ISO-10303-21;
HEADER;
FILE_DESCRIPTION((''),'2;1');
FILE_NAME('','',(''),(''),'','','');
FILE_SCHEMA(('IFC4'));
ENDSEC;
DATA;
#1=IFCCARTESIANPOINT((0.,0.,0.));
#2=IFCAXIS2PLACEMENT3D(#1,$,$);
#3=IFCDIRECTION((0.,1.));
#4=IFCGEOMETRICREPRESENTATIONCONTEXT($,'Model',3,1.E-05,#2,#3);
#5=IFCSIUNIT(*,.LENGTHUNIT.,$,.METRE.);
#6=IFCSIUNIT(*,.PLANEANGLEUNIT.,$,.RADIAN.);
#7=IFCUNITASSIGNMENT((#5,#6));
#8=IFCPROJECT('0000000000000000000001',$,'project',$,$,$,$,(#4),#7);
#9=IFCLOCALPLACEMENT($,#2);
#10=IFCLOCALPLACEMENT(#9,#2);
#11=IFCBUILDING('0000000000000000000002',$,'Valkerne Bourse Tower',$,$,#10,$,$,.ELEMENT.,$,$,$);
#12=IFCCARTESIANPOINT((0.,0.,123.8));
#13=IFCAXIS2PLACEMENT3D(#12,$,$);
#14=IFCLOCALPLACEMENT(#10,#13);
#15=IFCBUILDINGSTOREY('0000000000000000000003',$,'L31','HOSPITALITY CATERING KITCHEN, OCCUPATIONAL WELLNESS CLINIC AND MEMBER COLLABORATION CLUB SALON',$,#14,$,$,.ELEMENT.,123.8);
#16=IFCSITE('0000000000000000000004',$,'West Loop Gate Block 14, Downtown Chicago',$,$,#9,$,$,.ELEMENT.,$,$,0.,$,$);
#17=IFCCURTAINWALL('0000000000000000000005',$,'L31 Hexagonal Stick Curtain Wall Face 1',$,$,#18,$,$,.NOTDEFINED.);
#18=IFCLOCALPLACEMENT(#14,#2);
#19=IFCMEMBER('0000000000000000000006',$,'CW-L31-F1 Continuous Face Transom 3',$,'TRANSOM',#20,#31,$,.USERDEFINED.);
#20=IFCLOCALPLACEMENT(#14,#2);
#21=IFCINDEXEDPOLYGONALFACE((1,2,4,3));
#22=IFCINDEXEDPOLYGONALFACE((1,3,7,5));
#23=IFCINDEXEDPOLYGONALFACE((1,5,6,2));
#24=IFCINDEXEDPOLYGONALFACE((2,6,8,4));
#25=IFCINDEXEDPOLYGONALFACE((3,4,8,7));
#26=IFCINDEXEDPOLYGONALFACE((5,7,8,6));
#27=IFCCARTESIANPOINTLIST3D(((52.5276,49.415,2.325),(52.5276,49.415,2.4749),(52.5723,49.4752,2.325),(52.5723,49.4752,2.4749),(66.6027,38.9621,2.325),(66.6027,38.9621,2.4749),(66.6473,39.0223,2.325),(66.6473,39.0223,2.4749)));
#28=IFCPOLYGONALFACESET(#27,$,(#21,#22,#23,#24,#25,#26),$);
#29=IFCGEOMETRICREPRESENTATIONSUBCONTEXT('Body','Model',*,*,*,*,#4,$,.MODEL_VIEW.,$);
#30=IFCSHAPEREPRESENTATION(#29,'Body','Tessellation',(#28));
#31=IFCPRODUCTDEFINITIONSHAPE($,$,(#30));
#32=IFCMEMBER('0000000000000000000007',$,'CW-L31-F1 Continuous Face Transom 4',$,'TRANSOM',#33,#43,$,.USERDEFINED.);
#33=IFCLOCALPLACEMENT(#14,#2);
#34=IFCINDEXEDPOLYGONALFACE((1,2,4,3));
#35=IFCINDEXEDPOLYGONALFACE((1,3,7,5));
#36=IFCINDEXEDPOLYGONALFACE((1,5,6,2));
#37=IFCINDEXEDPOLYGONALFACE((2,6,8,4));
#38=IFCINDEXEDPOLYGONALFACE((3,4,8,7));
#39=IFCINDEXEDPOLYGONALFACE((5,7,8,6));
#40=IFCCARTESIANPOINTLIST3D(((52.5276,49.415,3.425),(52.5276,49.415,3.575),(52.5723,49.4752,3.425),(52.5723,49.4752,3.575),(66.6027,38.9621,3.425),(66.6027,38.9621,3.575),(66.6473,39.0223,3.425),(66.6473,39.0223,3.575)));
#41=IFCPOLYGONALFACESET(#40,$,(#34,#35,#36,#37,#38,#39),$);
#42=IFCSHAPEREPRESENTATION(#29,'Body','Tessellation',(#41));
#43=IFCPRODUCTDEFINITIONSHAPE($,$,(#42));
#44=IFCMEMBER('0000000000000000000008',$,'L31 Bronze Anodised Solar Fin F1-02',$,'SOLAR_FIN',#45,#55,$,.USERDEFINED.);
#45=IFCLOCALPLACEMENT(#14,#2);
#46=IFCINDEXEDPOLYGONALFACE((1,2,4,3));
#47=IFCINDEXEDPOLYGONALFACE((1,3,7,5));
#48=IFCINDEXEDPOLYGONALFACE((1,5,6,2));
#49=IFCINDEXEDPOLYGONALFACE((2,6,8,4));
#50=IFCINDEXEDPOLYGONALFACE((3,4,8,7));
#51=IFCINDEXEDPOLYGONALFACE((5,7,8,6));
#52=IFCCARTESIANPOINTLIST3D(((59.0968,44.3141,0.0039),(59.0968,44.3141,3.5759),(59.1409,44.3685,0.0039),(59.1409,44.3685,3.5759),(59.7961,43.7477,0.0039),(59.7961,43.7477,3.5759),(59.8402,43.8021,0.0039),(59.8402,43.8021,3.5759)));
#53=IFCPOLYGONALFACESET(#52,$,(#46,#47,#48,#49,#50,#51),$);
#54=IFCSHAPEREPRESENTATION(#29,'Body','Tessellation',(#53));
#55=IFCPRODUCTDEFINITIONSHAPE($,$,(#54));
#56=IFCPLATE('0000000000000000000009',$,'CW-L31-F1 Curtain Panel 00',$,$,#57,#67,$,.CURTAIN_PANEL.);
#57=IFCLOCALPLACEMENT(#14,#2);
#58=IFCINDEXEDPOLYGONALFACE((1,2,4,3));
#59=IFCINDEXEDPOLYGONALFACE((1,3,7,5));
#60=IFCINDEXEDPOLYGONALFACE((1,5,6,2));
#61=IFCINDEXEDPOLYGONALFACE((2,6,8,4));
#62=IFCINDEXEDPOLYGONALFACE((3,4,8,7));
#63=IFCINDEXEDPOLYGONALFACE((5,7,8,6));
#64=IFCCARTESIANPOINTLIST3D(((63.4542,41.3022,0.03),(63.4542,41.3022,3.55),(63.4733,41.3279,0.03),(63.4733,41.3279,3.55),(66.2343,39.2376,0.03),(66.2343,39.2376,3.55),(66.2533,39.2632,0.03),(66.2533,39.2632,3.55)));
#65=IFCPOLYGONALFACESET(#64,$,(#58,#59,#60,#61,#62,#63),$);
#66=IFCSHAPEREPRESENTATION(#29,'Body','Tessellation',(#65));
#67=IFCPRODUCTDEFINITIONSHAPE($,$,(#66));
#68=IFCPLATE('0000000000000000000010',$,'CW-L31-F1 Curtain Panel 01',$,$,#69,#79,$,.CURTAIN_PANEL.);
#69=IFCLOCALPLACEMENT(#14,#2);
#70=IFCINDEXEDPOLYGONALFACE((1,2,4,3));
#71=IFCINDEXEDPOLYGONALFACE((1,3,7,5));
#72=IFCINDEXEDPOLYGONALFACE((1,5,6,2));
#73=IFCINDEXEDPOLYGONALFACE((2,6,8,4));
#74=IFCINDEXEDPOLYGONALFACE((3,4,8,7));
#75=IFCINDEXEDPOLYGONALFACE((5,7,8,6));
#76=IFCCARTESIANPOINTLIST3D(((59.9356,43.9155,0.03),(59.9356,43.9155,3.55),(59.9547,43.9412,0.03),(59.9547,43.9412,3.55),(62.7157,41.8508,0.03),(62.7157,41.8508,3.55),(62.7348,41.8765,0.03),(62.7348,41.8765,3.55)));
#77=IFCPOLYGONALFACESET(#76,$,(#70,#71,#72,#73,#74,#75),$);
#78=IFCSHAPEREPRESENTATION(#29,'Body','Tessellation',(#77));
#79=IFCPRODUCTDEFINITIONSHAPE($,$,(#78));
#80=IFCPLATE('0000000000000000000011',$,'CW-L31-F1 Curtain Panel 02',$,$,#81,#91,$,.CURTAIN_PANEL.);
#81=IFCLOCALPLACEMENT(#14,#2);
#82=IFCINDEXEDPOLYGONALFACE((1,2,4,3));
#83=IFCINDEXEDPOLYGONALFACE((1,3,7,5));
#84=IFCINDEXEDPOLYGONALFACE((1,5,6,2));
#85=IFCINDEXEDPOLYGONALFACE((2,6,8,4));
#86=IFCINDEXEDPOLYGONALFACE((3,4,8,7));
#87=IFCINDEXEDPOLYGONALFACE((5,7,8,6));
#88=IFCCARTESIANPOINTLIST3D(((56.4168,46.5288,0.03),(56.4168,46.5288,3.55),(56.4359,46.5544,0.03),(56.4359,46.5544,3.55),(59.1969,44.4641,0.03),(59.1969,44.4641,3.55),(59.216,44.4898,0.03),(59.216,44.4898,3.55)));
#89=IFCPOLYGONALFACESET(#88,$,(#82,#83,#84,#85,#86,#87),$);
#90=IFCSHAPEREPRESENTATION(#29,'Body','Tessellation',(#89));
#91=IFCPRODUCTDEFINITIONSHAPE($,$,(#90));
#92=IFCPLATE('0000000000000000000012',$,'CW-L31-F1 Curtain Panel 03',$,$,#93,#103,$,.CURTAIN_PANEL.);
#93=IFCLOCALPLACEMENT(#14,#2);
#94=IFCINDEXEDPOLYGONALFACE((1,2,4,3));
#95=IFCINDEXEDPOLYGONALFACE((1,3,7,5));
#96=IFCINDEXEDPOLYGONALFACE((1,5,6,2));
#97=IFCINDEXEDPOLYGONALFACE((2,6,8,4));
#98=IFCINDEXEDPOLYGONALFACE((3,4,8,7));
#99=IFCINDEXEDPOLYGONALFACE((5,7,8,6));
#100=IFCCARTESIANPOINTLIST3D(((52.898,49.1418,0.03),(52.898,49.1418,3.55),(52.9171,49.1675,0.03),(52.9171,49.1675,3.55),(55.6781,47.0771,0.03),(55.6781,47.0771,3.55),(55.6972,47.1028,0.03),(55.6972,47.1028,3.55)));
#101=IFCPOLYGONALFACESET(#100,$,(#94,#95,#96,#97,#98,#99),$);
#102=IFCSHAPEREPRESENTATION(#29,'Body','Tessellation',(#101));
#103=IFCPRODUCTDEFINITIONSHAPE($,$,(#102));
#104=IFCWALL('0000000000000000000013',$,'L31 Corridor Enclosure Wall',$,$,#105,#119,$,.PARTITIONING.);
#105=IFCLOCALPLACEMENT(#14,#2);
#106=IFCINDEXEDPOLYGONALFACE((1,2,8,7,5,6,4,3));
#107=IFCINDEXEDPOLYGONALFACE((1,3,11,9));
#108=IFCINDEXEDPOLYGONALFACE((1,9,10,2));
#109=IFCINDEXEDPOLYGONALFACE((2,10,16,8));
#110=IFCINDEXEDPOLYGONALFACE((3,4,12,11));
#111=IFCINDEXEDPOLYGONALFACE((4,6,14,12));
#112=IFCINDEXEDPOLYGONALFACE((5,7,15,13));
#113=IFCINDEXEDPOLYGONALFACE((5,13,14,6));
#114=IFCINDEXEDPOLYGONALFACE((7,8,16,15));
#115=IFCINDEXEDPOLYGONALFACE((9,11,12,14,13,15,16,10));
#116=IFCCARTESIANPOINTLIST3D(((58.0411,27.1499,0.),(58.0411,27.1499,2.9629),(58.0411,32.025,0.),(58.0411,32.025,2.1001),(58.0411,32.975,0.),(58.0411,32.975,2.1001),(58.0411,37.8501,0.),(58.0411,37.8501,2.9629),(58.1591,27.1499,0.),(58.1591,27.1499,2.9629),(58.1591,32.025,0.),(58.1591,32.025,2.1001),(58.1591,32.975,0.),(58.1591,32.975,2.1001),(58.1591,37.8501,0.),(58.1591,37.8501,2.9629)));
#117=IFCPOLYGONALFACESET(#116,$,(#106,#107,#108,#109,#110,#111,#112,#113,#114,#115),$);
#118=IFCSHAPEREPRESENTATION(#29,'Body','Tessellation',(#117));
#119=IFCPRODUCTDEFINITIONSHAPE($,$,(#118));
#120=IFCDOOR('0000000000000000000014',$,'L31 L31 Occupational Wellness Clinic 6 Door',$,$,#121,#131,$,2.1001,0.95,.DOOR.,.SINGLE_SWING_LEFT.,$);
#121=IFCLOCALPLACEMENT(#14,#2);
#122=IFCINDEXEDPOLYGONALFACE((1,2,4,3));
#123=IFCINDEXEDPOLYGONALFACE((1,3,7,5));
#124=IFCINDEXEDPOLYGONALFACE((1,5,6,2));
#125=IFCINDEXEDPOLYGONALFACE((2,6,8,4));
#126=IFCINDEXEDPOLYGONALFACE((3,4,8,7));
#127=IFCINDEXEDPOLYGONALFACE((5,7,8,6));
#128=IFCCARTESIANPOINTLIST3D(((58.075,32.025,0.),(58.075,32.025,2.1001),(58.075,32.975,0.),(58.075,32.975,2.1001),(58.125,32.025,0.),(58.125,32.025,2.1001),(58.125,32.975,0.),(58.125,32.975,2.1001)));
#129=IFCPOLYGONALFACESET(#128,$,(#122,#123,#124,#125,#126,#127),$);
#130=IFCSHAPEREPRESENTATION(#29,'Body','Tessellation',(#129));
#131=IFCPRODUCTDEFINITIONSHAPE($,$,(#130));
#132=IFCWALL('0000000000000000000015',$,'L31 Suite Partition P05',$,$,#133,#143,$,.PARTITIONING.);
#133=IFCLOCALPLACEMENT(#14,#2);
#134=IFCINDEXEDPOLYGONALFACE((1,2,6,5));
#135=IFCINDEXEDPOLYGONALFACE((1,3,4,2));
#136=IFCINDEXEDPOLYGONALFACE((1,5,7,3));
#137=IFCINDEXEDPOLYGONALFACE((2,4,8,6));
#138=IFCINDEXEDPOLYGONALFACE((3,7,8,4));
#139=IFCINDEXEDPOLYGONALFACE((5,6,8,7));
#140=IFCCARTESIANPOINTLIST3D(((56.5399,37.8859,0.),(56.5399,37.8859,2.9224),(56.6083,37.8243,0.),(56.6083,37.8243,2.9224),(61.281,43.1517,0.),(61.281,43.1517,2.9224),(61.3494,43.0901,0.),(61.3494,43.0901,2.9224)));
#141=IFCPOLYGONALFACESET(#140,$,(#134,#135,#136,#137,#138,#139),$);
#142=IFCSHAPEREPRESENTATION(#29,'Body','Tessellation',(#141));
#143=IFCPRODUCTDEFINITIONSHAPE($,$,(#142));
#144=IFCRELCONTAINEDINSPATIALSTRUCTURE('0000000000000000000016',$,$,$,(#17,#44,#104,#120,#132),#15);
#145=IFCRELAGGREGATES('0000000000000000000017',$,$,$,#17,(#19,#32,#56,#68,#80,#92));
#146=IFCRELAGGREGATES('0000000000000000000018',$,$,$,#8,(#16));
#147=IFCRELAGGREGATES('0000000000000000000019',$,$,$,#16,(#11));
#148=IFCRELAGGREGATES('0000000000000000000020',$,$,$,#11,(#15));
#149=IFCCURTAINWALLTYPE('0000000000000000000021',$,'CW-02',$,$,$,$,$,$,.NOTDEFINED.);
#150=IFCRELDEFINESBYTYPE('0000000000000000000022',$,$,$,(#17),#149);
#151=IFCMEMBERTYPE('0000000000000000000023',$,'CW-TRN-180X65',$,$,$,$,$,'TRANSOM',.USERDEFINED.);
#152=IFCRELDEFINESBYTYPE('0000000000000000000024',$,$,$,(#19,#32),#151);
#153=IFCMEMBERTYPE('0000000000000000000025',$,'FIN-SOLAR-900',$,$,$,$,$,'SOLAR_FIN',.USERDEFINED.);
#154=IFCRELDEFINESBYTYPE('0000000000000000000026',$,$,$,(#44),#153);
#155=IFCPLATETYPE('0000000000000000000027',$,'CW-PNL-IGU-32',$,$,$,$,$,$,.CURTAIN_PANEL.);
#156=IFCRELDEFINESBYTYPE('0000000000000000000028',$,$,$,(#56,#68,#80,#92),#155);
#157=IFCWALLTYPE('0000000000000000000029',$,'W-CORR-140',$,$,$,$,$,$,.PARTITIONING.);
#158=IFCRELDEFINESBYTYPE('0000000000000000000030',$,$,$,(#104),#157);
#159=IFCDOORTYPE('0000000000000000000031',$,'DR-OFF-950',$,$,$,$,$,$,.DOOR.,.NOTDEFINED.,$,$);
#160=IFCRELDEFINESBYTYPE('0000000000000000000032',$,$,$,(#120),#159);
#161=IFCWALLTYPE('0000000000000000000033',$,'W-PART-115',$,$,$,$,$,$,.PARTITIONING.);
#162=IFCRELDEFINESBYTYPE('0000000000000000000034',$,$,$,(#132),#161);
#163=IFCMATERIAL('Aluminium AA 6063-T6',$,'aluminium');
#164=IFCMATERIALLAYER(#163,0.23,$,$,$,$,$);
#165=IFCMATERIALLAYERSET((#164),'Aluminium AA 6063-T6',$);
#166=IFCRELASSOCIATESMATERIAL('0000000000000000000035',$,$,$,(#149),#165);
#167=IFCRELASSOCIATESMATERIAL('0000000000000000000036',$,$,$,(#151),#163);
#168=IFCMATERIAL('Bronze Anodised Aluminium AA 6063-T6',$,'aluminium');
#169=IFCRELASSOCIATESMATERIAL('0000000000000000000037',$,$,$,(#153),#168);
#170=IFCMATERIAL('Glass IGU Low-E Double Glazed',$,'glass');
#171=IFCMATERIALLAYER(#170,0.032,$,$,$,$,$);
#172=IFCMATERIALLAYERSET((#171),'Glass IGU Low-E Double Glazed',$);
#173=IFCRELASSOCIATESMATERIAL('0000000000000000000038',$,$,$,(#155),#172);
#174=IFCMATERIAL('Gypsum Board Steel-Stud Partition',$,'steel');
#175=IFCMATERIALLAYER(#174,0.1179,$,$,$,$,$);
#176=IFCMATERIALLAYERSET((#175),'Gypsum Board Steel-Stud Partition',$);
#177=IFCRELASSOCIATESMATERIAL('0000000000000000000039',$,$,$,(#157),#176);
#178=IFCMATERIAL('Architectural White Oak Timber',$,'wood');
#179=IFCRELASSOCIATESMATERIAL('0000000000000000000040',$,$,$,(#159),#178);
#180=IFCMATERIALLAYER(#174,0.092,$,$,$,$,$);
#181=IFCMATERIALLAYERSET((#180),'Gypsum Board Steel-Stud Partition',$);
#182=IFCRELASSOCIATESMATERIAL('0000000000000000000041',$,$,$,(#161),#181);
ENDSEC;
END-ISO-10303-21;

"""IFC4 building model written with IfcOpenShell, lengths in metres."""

from ifc_helpers import new_model, si_unit, direction, frame, frame_2d, origin, origin_2d, place, context, subcontext, project, spatial, rectangle, extrude, material, layer, layer_set, material_profile, profile_set, type_object, element, fill, aggregate, save


model = new_model("IFC4")

# Units and contexts
model_context = context("Model", 3, precision=1e-05, world=origin(), true_north=direction((0.0, 1.0)))
body_context = subcontext(model_context, "Body", "Model", "MODEL_VIEW")
ifc_project = project(units=[si_unit("LENGTHUNIT", "METRE"), si_unit("PLANEANGLEUNIT", "RADIAN")], contexts=[model_context])

# Site, building, storey
site_placement = place(None, origin())
site = spatial("IfcSite", under=ifc_project, at=site_placement, Name="West Loop Gate Block 14, Downtown Chicago", CompositionType="ELEMENT", RefElevation=0.0)
building_placement = place(site_placement, origin())
building = spatial("IfcBuilding", under=site, at=building_placement, Name="Valkerne Bourse Tower", CompositionType="ELEMENT")
storey_placement = place(building_placement, frame((0.0, 0.0, 123.8)))
storey = spatial("IfcBuildingStorey", under=building, at=storey_placement, Name="L31", Description="HOSPITALITY CATERING KITCHEN, OCCUPATIONAL WELLNESS CLINIC AND MEMBER COLLABORATION CLUB SALON", CompositionType="ELEMENT", Elevation=123.8)

# Curtain wall, members
ifc_material_1 = material(Name="Aluminium AA 6063-T6", Category="aluminium")
ifc_layer_1 = layer(ifc_material_1, 0.23)
ifc_layer_set_1 = layer_set([ifc_layer_1], Name="Aluminium AA 6063-T6")
curtain_wall_type = type_object("IfcCurtainWallType", Name="CW-02", PredefinedType="NOTDEFINED", material=ifc_layer_set_1)
curtain_wall_placement = place(storey_placement, origin())
curtain_wall = element("IfcCurtainWall", 1, at=curtain_wall_placement, inside=storey, type_object=curtain_wall_type, Name="L31 Hexagonal Stick Curtain Wall Face 1", PredefinedType="NOTDEFINED")
ifc_material_profile_1 = material_profile(ifc_material_1, rectangle(XDim=0.075, YDim=0.1499, at=origin_2d()), Name="CWT-75X150")
ifc_profile_set_1 = profile_set([ifc_material_profile_1], Name="Aluminium AA 6063-T6")
member_type_1 = type_object("IfcMemberType", Name="CW-TRN-180X65", ElementType="TRANSOM", PredefinedType="USERDEFINED", material=ifc_profile_set_1)
member_1_placement = place(storey_placement, frame((66.625, 38.9922, 2.3999), z_axis=(-0.80282, 0.596221, 0.0), x_axis=(-0.596221, -0.80282, 0.0)))
member_1 = element("IfcMember", 2, at=member_1_placement, type_object=member_type_1, Name="CW-L31-F1 Continuous Face Transom 3", ObjectType="TRANSOM", PredefinedType="USERDEFINED", context=body_context, shape_type="SweptSolid", body=[
    extrude(rectangle(XDim=0.075, YDim=0.1499, at=origin_2d()), origin(), (0.0, 0.0, 1.0), 17.532),
])
member_2_placement = place(storey_placement, frame((66.625, 38.9922, 3.5), z_axis=(-0.80282, 0.596221, 0.0), x_axis=(-0.596221, -0.80282, 0.0)))
member_2 = element("IfcMember", 3, at=member_2_placement, type_object=member_type_1, Name="CW-L31-F1 Continuous Face Transom 4", ObjectType="TRANSOM", PredefinedType="USERDEFINED", context=body_context, shape_type="SweptSolid", body=[
    extrude(rectangle(XDim=0.075, YDim=0.1499, at=origin_2d()), origin(), (0.0, 0.0, 1.0), 17.532),
])

# Member
ifc_material_2 = material(Name="Bronze Anodised Aluminium AA 6063-T6", Category="aluminium")
ifc_material_profile_2 = material_profile(ifc_material_2, rectangle(XDim=0.0701, YDim=0.8999, at=origin_2d()), Name="FIN-70X900")
ifc_profile_set_2 = profile_set([ifc_material_profile_2], Name="Bronze Anodised Aluminium AA 6063-T6")
member_type_2 = type_object("IfcMemberType", Name="FIN-SOLAR-900", ElementType="SOLAR_FIN", PredefinedType="USERDEFINED", material=ifc_profile_set_2)
member_3_placement = place(storey_placement, frame((59.4685, 44.0581, 0.0039), z_axis=(0.0, 0.0, 1.0), x_axis=(0.629414, 0.77707, 0.0)))
element("IfcMember", 4, at=member_3_placement, inside=storey, type_object=member_type_2, Name="L31 Bronze Anodised Solar Fin F1-02", ObjectType="SOLAR_FIN", PredefinedType="USERDEFINED", context=body_context, shape_type="SweptSolid", body=[
    extrude(rectangle(XDim=0.0701, YDim=0.8999, at=origin_2d()), origin(), (0.0, 0.0, 1.0), 3.572),
])

# Plates
ifc_material_3 = material(Name="Glass IGU Low-E Double Glazed", Category="glass")
ifc_layer_2 = layer(ifc_material_3, 0.032)
ifc_layer_set_2 = layer_set([ifc_layer_2], Name="Glass IGU Low-E Double Glazed")
plate_type = type_object("IfcPlateType", Name="CW-PNL-IGU-32", PredefinedType="CURTAIN_PANEL", material=ifc_layer_set_2)
plate_1_placement = place(storey_placement, frame((64.8538, 40.2827, 0.03), z_axis=(0.0, 0.0, 1.0), x_axis=(-0.802819, 0.596222, 0.0)))
plate_1 = element("IfcPlate", 5, at=plate_1_placement, type_object=plate_type, Name="CW-L31-F1 Curtain Panel 00", PredefinedType="CURTAIN_PANEL", context=body_context, shape_type="SweptSolid", body=[
    extrude(rectangle(XDim=3.4629, YDim=0.032, at=origin_2d()), origin(), (0.0, 0.0, 1.0), 3.52),
])
plate_2_placement = place(storey_placement, frame((61.3352, 42.896, 0.03), z_axis=(0.0, 0.0, 1.0), x_axis=(-0.802817, 0.596226, 0.0)))
plate_2 = element("IfcPlate", 6, at=plate_2_placement, type_object=plate_type, Name="CW-L31-F1 Curtain Panel 01", PredefinedType="CURTAIN_PANEL", context=body_context, shape_type="SweptSolid", body=[
    extrude(rectangle(XDim=3.4629, YDim=0.032, at=origin_2d()), origin(), (0.0, 0.0, 1.0), 3.52),
])
plate_3_placement = place(storey_placement, frame((57.8164, 45.5093, 0.03), z_axis=(0.0, 0.0, 1.0), x_axis=(-0.802819, 0.596222, 0.0)))
plate_3 = element("IfcPlate", 7, at=plate_3_placement, type_object=plate_type, Name="CW-L31-F1 Curtain Panel 02", PredefinedType="CURTAIN_PANEL", context=body_context, shape_type="SweptSolid", body=[
    extrude(rectangle(XDim=3.4629, YDim=0.032, at=origin_2d()), origin(), (0.0, 0.0, 1.0), 3.52),
])
plate_4_placement = place(storey_placement, frame((54.2976, 48.1223, 0.03), z_axis=(0.0, 0.0, 1.0), x_axis=(-0.802817, 0.596226, 0.0)))
plate_4 = element("IfcPlate", 8, at=plate_4_placement, type_object=plate_type, Name="CW-L31-F1 Curtain Panel 03", PredefinedType="CURTAIN_PANEL", context=body_context, shape_type="SweptSolid", body=[
    extrude(rectangle(XDim=3.4629, YDim=0.032, at=origin_2d()), origin(), (0.0, 0.0, 1.0), 3.52),
])
aggregate(curtain_wall, [member_1, member_2, plate_1, plate_2, plate_3, plate_4])

# Wall, opening, door
ifc_material_4 = material(Name="Gypsum Board Steel-Stud Partition", Category="steel")
ifc_layer_3 = layer(ifc_material_4, 0.1179)
ifc_layer_set_3 = layer_set([ifc_layer_3], Name="Gypsum Board Steel-Stud Partition")
wall_type_1 = type_object("IfcWallType", Name="W-CORR-140", PredefinedType="PARTITIONING", material=ifc_layer_set_3)
wall_1_placement = place(storey_placement, frame((58.1001, 37.8501, 0.0), z_axis=(0.0, 0.0, 1.0), x_axis=(0.0, -1.0, 0.0)))
wall_1 = element("IfcWall", 9, at=wall_1_placement, inside=storey, type_object=wall_type_1, Name="L31 Corridor Enclosure Wall", PredefinedType="PARTITIONING", context=body_context, shape_type="SweptSolid", body=[
    extrude(rectangle(XDim=10.7002, YDim=0.1179, at=frame_2d((5.3501, 0.0))), origin(), (0.0, 0.0, 1.0), 2.9629),
])
opening_placement = place(wall_1_placement, frame((4.875, 0.0, 0.0)))
opening = element("IfcOpeningElement", 10, at=opening_placement, cuts=wall_1, PredefinedType="OPENING", context=body_context, shape_type="SweptSolid", body=[
    extrude(rectangle(XDim=0.95, YDim=2.1001, at=frame_2d((0.4751, 1.05))), frame((0.0, 0.0688, 0.0), z_axis=(0.0, -1.0, 0.0), x_axis=(1.0, 0.0, 0.0)), (0.0, 0.0, 1.0), 0.1379),
])
ifc_material_5 = material(Name="Architectural White Oak Timber", Category="wood")
door_type = type_object("IfcDoorType", Name="DR-OFF-950", OperationType="NOTDEFINED", PredefinedType="DOOR", material=ifc_material_5)
door_placement = place(opening_placement, origin())
door = element("IfcDoor", 11, at=door_placement, inside=storey, type_object=door_type, Name="L31 L31 Occupational Wellness Clinic 6 Door", OperationType="SINGLE_SWING_LEFT", OverallHeight=2.1001, OverallWidth=0.95, PredefinedType="DOOR", context=body_context, shape_type="SweptSolid", body=[
    extrude(rectangle(XDim=0.95, YDim=2.1001, at=frame_2d((0.4751, 1.05))), frame((0.0, 0.0249, 0.0), z_axis=(0.0, -1.0, 0.0), x_axis=(1.0, 0.0, 0.0)), (0.0, 0.0, 1.0), 0.05),
])
fill(opening, door)

# Wall
ifc_layer_4 = layer(ifc_material_4, 0.092)
ifc_layer_set_4 = layer_set([ifc_layer_4], Name="Gypsum Board Steel-Stud Partition")
wall_type_2 = type_object("IfcWallType", Name="W-PART-115", PredefinedType="PARTITIONING", material=ifc_layer_set_4)
wall_2_placement = place(storey_placement, frame((56.574, 37.855, 0.0), z_axis=(0.0, 0.0, 1.0), x_axis=(0.669115, 0.743159, 0.0)))
element("IfcWall", 12, at=wall_2_placement, inside=storey, type_object=wall_type_2, Name="L31 Suite Partition P05", PredefinedType="PARTITIONING", context=body_context, shape_type="SweptSolid", body=[
    extrude(rectangle(XDim=7.0857, YDim=0.092, at=frame_2d((3.543, 0.0))), origin(), (0.0, 0.0, 1.0), 2.9224),
])

save(model, "model.ifc")
